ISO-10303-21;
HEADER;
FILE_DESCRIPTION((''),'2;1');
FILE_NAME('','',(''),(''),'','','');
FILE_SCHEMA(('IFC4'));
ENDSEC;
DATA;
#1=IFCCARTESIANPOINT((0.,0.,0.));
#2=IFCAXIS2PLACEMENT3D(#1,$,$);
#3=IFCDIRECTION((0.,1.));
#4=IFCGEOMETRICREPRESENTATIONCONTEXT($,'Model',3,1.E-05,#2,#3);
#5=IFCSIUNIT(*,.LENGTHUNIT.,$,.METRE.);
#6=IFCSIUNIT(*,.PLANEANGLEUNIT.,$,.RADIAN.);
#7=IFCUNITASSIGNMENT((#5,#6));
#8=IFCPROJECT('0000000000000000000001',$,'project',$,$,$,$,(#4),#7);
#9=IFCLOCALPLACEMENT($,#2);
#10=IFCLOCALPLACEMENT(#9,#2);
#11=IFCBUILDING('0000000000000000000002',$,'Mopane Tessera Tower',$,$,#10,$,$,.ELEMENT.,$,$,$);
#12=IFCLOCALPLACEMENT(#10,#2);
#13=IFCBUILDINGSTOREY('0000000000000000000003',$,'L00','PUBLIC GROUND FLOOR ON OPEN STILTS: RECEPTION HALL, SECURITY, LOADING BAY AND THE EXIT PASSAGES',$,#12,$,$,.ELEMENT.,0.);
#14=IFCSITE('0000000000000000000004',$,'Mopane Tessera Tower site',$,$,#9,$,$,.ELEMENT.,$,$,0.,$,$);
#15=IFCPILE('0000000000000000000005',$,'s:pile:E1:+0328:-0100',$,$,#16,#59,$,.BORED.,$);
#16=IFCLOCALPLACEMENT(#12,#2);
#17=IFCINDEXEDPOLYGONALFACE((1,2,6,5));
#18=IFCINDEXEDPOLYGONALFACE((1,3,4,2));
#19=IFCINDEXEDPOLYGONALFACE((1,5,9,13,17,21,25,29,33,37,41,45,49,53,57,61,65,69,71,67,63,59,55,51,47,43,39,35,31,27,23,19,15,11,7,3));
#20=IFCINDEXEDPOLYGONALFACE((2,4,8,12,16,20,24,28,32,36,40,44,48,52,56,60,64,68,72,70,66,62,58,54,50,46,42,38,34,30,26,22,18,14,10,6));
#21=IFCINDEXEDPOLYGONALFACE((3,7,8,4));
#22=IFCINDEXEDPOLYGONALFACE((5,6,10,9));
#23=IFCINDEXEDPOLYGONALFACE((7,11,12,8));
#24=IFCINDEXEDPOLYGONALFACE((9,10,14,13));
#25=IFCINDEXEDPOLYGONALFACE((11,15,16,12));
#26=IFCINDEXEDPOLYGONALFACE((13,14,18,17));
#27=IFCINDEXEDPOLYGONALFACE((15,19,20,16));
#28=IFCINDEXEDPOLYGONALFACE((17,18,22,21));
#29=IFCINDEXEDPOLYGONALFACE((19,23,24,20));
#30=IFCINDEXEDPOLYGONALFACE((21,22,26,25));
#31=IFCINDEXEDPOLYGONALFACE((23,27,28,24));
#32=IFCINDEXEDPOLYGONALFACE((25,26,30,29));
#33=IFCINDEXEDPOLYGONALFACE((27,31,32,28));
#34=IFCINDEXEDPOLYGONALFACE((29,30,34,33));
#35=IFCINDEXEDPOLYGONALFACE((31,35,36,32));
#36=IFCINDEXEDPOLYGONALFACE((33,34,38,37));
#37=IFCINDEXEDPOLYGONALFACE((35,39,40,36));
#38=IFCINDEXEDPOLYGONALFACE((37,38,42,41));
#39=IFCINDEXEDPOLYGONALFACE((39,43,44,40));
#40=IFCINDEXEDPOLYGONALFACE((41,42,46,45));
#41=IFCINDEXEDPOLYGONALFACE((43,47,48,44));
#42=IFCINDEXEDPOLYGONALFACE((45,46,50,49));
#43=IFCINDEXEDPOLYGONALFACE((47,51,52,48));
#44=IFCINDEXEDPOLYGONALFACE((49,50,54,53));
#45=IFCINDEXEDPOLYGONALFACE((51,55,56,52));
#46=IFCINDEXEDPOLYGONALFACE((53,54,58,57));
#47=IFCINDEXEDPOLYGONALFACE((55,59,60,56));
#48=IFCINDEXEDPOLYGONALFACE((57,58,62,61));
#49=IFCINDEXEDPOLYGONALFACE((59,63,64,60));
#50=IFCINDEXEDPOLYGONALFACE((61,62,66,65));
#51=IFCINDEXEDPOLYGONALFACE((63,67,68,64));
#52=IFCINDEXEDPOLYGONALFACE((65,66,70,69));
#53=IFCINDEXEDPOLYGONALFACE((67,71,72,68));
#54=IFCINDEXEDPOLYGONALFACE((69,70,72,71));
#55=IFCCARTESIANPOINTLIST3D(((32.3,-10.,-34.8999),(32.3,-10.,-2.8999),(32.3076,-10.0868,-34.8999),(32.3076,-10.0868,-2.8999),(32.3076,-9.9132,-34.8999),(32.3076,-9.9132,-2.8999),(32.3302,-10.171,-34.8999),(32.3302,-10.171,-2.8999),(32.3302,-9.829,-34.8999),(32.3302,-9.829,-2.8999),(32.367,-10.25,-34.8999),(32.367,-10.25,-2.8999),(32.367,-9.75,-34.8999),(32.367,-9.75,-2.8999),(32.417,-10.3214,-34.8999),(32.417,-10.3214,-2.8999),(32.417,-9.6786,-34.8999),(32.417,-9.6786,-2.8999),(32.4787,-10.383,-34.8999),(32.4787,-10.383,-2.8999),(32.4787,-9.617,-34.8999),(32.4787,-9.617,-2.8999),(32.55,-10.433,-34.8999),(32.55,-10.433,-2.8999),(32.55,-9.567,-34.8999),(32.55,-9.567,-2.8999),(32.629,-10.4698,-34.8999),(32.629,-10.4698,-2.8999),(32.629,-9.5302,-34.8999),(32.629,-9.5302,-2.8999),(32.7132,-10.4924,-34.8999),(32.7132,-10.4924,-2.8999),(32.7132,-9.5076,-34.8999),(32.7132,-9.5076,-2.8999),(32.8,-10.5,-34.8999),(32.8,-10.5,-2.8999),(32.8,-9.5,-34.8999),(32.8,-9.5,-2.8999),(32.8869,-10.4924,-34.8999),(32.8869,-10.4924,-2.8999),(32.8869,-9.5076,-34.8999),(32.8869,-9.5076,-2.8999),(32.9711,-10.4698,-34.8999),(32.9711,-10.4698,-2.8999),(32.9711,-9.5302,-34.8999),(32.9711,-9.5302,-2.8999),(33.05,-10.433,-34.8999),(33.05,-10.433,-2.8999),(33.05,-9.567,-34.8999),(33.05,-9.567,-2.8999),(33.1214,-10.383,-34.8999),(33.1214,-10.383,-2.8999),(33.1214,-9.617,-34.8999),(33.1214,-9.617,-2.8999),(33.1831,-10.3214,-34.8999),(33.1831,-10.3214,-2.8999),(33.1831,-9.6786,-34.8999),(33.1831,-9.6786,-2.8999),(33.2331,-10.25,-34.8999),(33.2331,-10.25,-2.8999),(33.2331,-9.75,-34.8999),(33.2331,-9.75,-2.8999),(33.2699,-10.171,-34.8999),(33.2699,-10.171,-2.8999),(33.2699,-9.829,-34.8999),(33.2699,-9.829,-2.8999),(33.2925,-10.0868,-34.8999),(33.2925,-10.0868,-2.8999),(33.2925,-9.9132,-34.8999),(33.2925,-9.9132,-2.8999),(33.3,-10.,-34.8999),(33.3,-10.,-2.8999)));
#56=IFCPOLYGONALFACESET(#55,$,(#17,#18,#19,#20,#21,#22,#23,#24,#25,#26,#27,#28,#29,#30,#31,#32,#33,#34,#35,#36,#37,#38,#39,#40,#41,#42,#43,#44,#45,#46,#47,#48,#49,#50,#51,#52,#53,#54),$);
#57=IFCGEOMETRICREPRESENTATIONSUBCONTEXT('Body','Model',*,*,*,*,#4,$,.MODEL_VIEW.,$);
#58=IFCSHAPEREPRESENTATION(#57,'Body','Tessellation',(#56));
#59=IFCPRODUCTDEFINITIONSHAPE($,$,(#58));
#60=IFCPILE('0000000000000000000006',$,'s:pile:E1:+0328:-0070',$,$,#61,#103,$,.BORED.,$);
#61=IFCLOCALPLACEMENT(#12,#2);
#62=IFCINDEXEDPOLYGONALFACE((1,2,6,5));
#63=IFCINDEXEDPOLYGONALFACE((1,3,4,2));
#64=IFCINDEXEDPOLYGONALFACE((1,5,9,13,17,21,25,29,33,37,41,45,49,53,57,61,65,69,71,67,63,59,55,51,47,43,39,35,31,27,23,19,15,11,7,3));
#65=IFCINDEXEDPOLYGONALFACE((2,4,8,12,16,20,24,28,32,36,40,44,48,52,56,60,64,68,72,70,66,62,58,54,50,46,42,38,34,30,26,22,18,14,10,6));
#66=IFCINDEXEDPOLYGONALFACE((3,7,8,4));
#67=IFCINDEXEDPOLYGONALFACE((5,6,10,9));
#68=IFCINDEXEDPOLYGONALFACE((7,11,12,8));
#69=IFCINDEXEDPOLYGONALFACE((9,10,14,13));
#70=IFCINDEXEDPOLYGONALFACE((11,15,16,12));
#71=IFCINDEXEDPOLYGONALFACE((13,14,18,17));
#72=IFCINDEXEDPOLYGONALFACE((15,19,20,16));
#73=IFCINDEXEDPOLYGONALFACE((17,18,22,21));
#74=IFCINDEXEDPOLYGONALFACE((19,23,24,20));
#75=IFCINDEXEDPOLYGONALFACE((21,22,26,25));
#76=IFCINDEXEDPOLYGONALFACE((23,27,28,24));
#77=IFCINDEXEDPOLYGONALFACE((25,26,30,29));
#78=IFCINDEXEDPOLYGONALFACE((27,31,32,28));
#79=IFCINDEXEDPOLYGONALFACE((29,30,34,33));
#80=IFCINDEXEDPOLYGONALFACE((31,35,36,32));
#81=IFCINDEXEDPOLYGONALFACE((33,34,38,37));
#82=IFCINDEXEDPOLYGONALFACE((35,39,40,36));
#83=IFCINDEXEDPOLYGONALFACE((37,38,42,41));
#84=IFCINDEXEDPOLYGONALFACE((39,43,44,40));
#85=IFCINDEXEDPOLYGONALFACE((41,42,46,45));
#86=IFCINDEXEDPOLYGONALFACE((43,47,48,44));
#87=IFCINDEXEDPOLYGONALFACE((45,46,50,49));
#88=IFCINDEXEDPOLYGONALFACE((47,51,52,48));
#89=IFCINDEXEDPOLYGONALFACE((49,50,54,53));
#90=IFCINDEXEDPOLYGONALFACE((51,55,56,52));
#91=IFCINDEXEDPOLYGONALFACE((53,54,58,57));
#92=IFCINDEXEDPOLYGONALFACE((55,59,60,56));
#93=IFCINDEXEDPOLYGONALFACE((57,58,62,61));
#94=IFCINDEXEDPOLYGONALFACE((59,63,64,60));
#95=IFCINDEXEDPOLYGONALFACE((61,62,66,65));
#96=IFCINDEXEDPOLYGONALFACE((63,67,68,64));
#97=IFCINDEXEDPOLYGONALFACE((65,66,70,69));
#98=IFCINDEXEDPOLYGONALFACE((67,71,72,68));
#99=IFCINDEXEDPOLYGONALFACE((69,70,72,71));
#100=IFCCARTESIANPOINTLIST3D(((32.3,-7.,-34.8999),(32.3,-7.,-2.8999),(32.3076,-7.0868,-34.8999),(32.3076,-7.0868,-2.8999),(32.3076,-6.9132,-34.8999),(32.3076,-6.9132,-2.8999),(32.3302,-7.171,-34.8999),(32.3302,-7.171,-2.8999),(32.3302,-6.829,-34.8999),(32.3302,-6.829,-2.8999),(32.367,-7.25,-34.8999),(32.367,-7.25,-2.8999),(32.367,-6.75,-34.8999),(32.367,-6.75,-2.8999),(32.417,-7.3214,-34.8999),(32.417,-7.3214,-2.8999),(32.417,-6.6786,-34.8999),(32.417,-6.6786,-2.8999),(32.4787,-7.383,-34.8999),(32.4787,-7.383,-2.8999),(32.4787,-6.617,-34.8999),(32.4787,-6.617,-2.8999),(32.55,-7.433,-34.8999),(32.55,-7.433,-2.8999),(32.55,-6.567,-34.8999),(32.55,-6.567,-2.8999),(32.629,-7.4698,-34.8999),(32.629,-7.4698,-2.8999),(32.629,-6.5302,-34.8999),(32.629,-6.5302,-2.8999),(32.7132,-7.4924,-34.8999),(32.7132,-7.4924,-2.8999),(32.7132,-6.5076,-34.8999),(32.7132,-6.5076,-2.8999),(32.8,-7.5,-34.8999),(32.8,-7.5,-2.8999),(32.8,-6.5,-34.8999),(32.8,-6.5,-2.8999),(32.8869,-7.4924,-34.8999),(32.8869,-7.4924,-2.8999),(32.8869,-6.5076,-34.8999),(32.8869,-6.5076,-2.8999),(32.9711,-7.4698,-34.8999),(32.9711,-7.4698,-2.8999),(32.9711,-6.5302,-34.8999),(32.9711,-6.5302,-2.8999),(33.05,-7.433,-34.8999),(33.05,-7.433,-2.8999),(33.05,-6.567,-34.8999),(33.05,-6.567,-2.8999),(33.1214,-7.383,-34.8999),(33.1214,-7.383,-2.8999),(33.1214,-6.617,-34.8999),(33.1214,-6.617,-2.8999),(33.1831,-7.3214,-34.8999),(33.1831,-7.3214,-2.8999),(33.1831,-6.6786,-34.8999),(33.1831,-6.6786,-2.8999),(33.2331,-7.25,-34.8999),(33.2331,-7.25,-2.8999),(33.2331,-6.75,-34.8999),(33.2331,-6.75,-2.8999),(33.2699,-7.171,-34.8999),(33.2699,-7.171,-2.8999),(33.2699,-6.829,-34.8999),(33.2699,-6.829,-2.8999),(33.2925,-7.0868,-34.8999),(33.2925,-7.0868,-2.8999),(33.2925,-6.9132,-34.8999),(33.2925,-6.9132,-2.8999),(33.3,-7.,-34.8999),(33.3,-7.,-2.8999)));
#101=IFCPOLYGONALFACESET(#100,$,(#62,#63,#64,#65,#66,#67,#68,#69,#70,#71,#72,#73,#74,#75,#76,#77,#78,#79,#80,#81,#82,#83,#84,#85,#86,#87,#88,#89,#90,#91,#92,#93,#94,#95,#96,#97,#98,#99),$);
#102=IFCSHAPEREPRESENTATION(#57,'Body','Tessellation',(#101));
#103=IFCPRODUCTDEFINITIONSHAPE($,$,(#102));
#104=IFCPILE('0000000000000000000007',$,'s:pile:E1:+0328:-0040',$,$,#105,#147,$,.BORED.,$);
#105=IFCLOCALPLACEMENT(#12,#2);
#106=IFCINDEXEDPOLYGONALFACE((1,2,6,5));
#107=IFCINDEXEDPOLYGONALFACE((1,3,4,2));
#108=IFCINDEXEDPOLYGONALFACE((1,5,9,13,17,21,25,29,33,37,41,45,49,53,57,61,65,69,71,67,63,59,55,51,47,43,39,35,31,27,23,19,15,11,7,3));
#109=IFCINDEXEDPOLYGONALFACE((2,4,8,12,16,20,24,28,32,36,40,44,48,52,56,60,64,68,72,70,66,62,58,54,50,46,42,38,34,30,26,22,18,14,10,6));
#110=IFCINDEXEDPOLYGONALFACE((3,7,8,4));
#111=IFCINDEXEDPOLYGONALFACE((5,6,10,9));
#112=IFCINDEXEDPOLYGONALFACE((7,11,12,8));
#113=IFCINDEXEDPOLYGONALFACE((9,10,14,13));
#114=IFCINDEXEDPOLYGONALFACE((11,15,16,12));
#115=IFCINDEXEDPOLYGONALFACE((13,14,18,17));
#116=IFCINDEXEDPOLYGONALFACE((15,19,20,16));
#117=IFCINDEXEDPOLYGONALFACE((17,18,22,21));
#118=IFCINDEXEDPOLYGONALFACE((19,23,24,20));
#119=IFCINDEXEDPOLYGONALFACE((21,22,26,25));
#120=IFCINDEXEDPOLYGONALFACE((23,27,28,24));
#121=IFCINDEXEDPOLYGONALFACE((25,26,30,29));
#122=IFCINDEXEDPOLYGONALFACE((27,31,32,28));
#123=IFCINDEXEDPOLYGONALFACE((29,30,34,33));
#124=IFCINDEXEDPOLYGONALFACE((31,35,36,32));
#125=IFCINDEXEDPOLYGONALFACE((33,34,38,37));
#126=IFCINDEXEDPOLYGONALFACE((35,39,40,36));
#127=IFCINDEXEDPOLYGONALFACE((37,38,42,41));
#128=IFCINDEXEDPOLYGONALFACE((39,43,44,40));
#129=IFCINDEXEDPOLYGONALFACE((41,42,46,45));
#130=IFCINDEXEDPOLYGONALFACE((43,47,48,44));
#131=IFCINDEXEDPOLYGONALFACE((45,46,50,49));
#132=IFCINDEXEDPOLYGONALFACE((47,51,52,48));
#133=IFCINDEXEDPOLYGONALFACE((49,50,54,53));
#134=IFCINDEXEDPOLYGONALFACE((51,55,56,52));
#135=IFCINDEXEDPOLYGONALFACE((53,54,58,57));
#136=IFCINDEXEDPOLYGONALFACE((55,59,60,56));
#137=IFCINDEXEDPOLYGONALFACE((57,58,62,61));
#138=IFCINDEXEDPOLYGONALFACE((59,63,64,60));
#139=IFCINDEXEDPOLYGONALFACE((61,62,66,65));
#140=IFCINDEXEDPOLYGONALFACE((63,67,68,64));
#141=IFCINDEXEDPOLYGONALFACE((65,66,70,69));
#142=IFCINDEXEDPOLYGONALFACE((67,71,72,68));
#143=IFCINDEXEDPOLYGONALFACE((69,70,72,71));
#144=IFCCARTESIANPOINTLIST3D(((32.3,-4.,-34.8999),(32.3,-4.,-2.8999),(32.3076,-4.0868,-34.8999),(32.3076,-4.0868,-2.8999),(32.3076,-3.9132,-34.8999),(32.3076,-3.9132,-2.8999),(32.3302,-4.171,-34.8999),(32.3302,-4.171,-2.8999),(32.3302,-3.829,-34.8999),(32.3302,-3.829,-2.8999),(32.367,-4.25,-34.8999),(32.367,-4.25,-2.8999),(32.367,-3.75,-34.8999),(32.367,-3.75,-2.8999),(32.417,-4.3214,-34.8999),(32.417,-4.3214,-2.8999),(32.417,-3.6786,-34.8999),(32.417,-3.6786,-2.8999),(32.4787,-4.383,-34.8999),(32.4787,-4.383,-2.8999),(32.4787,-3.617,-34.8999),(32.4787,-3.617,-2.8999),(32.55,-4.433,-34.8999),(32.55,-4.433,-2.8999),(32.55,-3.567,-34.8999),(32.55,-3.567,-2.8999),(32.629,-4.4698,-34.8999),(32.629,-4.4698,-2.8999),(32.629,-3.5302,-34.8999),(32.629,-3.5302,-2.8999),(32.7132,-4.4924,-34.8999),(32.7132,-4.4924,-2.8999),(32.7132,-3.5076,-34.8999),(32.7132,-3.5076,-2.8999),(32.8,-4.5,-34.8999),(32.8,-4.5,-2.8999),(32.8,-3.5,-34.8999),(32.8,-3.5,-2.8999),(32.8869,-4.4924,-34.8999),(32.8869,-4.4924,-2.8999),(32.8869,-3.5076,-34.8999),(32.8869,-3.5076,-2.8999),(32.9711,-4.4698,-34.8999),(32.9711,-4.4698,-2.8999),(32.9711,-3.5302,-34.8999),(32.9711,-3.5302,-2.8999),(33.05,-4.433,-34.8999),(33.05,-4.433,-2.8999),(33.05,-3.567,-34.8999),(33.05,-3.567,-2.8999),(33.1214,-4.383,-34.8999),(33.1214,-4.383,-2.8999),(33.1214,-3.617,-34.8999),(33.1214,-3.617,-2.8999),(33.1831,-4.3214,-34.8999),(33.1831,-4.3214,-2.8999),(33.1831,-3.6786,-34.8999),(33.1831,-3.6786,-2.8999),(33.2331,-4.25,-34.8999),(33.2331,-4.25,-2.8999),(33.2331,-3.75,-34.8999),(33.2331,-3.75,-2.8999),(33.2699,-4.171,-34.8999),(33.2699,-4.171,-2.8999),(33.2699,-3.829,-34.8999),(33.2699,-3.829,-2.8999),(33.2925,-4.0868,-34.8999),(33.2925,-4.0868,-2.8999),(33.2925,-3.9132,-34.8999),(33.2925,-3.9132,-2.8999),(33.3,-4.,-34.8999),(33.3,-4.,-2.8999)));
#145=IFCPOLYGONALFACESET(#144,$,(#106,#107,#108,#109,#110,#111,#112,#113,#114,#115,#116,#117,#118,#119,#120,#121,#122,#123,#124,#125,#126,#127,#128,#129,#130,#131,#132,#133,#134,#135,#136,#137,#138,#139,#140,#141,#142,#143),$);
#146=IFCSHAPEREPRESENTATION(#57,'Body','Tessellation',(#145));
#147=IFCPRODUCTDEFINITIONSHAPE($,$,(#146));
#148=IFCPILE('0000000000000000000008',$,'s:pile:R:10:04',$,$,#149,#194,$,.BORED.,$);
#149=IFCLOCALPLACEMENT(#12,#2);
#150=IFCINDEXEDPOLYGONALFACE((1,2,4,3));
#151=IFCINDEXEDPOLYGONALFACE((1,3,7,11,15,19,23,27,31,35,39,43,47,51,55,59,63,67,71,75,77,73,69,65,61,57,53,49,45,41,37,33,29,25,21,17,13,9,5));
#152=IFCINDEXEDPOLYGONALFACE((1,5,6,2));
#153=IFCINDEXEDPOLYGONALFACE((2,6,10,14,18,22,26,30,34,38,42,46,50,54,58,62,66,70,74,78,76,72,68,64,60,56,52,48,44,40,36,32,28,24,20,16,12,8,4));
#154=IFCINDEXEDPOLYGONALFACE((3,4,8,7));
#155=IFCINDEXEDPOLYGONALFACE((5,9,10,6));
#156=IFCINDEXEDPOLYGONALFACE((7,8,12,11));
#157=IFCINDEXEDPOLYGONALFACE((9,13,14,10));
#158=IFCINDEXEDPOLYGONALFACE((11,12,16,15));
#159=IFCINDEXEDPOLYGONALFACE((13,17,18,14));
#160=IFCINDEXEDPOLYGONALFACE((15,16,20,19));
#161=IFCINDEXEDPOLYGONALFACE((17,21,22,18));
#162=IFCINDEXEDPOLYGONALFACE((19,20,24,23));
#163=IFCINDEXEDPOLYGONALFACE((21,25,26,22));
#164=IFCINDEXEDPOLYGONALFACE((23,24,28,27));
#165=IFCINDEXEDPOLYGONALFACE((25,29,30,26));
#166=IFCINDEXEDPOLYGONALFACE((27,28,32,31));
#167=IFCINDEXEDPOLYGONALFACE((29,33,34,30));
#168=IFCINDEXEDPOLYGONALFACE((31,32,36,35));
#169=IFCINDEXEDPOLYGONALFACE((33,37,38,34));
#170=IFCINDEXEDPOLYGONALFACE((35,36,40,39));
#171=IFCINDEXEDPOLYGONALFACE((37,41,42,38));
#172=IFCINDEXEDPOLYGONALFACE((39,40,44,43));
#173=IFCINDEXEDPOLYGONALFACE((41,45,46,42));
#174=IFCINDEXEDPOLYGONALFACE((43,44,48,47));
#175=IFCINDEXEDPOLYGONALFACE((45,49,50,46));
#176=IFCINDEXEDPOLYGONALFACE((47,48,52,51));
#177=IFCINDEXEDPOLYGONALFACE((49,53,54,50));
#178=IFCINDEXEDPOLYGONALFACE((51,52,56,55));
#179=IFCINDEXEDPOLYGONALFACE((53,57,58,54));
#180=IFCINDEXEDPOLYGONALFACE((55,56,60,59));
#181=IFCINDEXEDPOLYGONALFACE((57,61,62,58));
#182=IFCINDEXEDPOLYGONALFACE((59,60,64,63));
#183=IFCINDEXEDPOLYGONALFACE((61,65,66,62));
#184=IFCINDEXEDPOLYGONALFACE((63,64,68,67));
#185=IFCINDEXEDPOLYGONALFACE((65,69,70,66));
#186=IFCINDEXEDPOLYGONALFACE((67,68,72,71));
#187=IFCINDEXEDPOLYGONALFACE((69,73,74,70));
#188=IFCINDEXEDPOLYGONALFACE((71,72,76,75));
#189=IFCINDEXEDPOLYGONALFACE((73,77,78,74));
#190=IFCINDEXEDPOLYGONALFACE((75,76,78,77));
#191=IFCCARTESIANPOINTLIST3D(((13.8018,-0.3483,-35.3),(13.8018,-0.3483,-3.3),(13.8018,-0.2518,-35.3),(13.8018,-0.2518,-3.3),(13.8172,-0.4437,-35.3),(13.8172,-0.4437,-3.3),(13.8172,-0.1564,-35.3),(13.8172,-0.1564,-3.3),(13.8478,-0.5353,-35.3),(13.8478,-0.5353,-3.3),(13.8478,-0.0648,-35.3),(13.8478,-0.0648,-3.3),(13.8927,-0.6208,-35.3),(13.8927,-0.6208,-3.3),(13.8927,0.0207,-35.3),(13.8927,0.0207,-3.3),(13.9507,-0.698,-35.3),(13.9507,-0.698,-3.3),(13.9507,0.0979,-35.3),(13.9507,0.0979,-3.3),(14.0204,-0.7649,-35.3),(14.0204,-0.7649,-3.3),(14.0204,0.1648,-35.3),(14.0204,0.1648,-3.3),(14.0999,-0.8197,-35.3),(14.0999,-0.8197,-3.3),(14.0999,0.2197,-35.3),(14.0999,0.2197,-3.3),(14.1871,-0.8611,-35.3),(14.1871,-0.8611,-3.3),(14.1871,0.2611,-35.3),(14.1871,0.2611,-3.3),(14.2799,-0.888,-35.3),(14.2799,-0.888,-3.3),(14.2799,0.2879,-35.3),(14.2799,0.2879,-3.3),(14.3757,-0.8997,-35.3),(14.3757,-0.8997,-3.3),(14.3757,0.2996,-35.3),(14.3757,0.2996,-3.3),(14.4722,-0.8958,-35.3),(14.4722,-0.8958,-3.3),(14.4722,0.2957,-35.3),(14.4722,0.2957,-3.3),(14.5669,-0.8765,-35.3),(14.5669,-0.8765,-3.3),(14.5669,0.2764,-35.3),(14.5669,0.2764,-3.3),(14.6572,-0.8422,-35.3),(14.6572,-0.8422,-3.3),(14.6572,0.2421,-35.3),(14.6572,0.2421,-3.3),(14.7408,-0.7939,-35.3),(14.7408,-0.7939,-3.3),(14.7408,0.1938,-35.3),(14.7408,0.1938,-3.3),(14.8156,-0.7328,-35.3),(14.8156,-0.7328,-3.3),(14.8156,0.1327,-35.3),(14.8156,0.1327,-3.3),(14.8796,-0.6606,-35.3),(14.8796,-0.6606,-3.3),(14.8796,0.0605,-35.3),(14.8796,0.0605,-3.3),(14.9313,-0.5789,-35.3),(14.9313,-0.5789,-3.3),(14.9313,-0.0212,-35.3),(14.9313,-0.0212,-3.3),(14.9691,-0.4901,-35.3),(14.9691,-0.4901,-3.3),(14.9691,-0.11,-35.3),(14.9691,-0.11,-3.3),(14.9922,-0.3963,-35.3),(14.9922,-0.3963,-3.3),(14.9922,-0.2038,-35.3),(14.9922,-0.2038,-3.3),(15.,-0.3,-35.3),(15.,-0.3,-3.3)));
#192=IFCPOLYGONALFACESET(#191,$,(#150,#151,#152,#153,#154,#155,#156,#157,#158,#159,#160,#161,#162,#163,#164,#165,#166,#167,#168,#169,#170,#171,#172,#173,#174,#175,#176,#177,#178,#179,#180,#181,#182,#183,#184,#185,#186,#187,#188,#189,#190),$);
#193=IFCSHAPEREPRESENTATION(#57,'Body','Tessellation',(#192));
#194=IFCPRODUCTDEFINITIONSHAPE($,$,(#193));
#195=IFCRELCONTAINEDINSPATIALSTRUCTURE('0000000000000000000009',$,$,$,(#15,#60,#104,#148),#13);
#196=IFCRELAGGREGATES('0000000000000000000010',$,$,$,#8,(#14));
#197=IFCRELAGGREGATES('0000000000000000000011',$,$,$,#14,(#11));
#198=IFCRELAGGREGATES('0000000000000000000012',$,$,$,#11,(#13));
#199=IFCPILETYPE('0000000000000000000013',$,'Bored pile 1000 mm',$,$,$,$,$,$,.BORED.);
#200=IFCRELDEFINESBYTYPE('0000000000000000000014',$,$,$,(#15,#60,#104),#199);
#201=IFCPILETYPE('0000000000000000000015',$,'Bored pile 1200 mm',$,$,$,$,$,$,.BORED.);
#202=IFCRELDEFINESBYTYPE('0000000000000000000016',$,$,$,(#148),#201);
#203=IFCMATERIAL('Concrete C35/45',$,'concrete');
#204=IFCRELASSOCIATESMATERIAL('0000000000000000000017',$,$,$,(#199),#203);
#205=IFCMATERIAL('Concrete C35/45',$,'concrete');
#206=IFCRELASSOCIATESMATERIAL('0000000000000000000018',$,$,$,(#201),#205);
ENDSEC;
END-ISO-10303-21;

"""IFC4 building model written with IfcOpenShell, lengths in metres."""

from ifc_helpers import new_model, si_unit, direction, frame, origin, origin_2d, place, context, subcontext, project, spatial, circle, extrude, material, material_profile, profile_set, type_object, element, save


model = new_model("IFC4")

# Units and contexts
model_context = context("Model", 3, precision=1e-05, world=origin(), true_north=direction((0.0, 1.0)))
body_context = subcontext(model_context, "Body", "Model", "MODEL_VIEW")
ifc_project = project(units=[si_unit("LENGTHUNIT", "METRE"), si_unit("PLANEANGLEUNIT", "RADIAN")], contexts=[model_context])

# Site, building, storey
site_placement = place(None, origin())
site = spatial("IfcSite", under=ifc_project, at=site_placement, Name="Mopane Tessera Tower site", CompositionType="ELEMENT", RefElevation=0.0)
building_placement = place(site_placement, origin())
building = spatial("IfcBuilding", under=site, at=building_placement, Name="Mopane Tessera Tower", CompositionType="ELEMENT")
storey_placement = place(building_placement, origin())
storey = spatial("IfcBuildingStorey", under=building, at=storey_placement, Name="L00", Description="PUBLIC GROUND FLOOR ON OPEN STILTS: RECEPTION HALL, SECURITY, LOADING BAY AND THE EXIT PASSAGES", CompositionType="ELEMENT", Elevation=0.0)

# Piles
ifc_material_1 = material(Name="Concrete C35/45", Category="concrete")
ifc_material_profile_1 = material_profile(ifc_material_1, circle(Radius=0.5, at=origin_2d()))
ifc_profile_set_1 = profile_set([ifc_material_profile_1], Name="Concrete C35/45")
pile_type_1 = type_object("IfcPileType", Name="Bored pile 1000 mm", PredefinedType="BORED", material=ifc_profile_set_1)
for number, where, z_axis, x_axis, name in (
    (1, (32.8, -10.0, -2.8999), (0.0, 0.0, -1.0), (1.0, 0.0, 0.0), "s:pile:E1:+0328:-0100"),
    (2, (32.8, -7.0, -2.8999), (0.0, 0.0, -1.0), (1.0, 0.0, 0.0), "s:pile:E1:+0328:-0070"),
    (3, (32.8, -4.0, -2.8999), (0.0, 0.0, -1.0), (1.0, 0.0, 0.0), "s:pile:E1:+0328:-0040"),
):
    element("IfcPile", number, at=place(storey_placement, frame(where, z_axis=z_axis, x_axis=x_axis)), inside=storey, type_object=pile_type_1, Name=name, PredefinedType="BORED", context=body_context, shape_type="SweptSolid", body=[
        extrude(circle(Radius=0.5, at=origin_2d()), origin(), (0.0, 0.0, 1.0), 32.0),
    ])
ifc_material_2 = material(Name="Concrete C35/45", Category="concrete")
ifc_material_profile_2 = material_profile(ifc_material_2, circle(Radius=0.6001, at=origin_2d()))
ifc_profile_set_2 = profile_set([ifc_material_profile_2], Name="Concrete C35/45")
pile_type_2 = type_object("IfcPileType", Name="Bored pile 1200 mm", PredefinedType="BORED", material=ifc_profile_set_2)
for number, where, z_axis, x_axis, name in (
    (4, (14.3999, -0.3, -3.3), (0.0, 0.0, -1.0), (1.0, 0.0, 0.0), "s:pile:R:10:04"),
):
    element("IfcPile", number, at=place(storey_placement, frame(where, z_axis=z_axis, x_axis=x_axis)), inside=storey, type_object=pile_type_2, Name=name, PredefinedType="BORED", context=body_context, shape_type="SweptSolid", body=[
        extrude(circle(Radius=0.6001, at=origin_2d()), origin(), (0.0, 0.0, 1.0), 32.0),
    ])

save(model, "model.ifc")
